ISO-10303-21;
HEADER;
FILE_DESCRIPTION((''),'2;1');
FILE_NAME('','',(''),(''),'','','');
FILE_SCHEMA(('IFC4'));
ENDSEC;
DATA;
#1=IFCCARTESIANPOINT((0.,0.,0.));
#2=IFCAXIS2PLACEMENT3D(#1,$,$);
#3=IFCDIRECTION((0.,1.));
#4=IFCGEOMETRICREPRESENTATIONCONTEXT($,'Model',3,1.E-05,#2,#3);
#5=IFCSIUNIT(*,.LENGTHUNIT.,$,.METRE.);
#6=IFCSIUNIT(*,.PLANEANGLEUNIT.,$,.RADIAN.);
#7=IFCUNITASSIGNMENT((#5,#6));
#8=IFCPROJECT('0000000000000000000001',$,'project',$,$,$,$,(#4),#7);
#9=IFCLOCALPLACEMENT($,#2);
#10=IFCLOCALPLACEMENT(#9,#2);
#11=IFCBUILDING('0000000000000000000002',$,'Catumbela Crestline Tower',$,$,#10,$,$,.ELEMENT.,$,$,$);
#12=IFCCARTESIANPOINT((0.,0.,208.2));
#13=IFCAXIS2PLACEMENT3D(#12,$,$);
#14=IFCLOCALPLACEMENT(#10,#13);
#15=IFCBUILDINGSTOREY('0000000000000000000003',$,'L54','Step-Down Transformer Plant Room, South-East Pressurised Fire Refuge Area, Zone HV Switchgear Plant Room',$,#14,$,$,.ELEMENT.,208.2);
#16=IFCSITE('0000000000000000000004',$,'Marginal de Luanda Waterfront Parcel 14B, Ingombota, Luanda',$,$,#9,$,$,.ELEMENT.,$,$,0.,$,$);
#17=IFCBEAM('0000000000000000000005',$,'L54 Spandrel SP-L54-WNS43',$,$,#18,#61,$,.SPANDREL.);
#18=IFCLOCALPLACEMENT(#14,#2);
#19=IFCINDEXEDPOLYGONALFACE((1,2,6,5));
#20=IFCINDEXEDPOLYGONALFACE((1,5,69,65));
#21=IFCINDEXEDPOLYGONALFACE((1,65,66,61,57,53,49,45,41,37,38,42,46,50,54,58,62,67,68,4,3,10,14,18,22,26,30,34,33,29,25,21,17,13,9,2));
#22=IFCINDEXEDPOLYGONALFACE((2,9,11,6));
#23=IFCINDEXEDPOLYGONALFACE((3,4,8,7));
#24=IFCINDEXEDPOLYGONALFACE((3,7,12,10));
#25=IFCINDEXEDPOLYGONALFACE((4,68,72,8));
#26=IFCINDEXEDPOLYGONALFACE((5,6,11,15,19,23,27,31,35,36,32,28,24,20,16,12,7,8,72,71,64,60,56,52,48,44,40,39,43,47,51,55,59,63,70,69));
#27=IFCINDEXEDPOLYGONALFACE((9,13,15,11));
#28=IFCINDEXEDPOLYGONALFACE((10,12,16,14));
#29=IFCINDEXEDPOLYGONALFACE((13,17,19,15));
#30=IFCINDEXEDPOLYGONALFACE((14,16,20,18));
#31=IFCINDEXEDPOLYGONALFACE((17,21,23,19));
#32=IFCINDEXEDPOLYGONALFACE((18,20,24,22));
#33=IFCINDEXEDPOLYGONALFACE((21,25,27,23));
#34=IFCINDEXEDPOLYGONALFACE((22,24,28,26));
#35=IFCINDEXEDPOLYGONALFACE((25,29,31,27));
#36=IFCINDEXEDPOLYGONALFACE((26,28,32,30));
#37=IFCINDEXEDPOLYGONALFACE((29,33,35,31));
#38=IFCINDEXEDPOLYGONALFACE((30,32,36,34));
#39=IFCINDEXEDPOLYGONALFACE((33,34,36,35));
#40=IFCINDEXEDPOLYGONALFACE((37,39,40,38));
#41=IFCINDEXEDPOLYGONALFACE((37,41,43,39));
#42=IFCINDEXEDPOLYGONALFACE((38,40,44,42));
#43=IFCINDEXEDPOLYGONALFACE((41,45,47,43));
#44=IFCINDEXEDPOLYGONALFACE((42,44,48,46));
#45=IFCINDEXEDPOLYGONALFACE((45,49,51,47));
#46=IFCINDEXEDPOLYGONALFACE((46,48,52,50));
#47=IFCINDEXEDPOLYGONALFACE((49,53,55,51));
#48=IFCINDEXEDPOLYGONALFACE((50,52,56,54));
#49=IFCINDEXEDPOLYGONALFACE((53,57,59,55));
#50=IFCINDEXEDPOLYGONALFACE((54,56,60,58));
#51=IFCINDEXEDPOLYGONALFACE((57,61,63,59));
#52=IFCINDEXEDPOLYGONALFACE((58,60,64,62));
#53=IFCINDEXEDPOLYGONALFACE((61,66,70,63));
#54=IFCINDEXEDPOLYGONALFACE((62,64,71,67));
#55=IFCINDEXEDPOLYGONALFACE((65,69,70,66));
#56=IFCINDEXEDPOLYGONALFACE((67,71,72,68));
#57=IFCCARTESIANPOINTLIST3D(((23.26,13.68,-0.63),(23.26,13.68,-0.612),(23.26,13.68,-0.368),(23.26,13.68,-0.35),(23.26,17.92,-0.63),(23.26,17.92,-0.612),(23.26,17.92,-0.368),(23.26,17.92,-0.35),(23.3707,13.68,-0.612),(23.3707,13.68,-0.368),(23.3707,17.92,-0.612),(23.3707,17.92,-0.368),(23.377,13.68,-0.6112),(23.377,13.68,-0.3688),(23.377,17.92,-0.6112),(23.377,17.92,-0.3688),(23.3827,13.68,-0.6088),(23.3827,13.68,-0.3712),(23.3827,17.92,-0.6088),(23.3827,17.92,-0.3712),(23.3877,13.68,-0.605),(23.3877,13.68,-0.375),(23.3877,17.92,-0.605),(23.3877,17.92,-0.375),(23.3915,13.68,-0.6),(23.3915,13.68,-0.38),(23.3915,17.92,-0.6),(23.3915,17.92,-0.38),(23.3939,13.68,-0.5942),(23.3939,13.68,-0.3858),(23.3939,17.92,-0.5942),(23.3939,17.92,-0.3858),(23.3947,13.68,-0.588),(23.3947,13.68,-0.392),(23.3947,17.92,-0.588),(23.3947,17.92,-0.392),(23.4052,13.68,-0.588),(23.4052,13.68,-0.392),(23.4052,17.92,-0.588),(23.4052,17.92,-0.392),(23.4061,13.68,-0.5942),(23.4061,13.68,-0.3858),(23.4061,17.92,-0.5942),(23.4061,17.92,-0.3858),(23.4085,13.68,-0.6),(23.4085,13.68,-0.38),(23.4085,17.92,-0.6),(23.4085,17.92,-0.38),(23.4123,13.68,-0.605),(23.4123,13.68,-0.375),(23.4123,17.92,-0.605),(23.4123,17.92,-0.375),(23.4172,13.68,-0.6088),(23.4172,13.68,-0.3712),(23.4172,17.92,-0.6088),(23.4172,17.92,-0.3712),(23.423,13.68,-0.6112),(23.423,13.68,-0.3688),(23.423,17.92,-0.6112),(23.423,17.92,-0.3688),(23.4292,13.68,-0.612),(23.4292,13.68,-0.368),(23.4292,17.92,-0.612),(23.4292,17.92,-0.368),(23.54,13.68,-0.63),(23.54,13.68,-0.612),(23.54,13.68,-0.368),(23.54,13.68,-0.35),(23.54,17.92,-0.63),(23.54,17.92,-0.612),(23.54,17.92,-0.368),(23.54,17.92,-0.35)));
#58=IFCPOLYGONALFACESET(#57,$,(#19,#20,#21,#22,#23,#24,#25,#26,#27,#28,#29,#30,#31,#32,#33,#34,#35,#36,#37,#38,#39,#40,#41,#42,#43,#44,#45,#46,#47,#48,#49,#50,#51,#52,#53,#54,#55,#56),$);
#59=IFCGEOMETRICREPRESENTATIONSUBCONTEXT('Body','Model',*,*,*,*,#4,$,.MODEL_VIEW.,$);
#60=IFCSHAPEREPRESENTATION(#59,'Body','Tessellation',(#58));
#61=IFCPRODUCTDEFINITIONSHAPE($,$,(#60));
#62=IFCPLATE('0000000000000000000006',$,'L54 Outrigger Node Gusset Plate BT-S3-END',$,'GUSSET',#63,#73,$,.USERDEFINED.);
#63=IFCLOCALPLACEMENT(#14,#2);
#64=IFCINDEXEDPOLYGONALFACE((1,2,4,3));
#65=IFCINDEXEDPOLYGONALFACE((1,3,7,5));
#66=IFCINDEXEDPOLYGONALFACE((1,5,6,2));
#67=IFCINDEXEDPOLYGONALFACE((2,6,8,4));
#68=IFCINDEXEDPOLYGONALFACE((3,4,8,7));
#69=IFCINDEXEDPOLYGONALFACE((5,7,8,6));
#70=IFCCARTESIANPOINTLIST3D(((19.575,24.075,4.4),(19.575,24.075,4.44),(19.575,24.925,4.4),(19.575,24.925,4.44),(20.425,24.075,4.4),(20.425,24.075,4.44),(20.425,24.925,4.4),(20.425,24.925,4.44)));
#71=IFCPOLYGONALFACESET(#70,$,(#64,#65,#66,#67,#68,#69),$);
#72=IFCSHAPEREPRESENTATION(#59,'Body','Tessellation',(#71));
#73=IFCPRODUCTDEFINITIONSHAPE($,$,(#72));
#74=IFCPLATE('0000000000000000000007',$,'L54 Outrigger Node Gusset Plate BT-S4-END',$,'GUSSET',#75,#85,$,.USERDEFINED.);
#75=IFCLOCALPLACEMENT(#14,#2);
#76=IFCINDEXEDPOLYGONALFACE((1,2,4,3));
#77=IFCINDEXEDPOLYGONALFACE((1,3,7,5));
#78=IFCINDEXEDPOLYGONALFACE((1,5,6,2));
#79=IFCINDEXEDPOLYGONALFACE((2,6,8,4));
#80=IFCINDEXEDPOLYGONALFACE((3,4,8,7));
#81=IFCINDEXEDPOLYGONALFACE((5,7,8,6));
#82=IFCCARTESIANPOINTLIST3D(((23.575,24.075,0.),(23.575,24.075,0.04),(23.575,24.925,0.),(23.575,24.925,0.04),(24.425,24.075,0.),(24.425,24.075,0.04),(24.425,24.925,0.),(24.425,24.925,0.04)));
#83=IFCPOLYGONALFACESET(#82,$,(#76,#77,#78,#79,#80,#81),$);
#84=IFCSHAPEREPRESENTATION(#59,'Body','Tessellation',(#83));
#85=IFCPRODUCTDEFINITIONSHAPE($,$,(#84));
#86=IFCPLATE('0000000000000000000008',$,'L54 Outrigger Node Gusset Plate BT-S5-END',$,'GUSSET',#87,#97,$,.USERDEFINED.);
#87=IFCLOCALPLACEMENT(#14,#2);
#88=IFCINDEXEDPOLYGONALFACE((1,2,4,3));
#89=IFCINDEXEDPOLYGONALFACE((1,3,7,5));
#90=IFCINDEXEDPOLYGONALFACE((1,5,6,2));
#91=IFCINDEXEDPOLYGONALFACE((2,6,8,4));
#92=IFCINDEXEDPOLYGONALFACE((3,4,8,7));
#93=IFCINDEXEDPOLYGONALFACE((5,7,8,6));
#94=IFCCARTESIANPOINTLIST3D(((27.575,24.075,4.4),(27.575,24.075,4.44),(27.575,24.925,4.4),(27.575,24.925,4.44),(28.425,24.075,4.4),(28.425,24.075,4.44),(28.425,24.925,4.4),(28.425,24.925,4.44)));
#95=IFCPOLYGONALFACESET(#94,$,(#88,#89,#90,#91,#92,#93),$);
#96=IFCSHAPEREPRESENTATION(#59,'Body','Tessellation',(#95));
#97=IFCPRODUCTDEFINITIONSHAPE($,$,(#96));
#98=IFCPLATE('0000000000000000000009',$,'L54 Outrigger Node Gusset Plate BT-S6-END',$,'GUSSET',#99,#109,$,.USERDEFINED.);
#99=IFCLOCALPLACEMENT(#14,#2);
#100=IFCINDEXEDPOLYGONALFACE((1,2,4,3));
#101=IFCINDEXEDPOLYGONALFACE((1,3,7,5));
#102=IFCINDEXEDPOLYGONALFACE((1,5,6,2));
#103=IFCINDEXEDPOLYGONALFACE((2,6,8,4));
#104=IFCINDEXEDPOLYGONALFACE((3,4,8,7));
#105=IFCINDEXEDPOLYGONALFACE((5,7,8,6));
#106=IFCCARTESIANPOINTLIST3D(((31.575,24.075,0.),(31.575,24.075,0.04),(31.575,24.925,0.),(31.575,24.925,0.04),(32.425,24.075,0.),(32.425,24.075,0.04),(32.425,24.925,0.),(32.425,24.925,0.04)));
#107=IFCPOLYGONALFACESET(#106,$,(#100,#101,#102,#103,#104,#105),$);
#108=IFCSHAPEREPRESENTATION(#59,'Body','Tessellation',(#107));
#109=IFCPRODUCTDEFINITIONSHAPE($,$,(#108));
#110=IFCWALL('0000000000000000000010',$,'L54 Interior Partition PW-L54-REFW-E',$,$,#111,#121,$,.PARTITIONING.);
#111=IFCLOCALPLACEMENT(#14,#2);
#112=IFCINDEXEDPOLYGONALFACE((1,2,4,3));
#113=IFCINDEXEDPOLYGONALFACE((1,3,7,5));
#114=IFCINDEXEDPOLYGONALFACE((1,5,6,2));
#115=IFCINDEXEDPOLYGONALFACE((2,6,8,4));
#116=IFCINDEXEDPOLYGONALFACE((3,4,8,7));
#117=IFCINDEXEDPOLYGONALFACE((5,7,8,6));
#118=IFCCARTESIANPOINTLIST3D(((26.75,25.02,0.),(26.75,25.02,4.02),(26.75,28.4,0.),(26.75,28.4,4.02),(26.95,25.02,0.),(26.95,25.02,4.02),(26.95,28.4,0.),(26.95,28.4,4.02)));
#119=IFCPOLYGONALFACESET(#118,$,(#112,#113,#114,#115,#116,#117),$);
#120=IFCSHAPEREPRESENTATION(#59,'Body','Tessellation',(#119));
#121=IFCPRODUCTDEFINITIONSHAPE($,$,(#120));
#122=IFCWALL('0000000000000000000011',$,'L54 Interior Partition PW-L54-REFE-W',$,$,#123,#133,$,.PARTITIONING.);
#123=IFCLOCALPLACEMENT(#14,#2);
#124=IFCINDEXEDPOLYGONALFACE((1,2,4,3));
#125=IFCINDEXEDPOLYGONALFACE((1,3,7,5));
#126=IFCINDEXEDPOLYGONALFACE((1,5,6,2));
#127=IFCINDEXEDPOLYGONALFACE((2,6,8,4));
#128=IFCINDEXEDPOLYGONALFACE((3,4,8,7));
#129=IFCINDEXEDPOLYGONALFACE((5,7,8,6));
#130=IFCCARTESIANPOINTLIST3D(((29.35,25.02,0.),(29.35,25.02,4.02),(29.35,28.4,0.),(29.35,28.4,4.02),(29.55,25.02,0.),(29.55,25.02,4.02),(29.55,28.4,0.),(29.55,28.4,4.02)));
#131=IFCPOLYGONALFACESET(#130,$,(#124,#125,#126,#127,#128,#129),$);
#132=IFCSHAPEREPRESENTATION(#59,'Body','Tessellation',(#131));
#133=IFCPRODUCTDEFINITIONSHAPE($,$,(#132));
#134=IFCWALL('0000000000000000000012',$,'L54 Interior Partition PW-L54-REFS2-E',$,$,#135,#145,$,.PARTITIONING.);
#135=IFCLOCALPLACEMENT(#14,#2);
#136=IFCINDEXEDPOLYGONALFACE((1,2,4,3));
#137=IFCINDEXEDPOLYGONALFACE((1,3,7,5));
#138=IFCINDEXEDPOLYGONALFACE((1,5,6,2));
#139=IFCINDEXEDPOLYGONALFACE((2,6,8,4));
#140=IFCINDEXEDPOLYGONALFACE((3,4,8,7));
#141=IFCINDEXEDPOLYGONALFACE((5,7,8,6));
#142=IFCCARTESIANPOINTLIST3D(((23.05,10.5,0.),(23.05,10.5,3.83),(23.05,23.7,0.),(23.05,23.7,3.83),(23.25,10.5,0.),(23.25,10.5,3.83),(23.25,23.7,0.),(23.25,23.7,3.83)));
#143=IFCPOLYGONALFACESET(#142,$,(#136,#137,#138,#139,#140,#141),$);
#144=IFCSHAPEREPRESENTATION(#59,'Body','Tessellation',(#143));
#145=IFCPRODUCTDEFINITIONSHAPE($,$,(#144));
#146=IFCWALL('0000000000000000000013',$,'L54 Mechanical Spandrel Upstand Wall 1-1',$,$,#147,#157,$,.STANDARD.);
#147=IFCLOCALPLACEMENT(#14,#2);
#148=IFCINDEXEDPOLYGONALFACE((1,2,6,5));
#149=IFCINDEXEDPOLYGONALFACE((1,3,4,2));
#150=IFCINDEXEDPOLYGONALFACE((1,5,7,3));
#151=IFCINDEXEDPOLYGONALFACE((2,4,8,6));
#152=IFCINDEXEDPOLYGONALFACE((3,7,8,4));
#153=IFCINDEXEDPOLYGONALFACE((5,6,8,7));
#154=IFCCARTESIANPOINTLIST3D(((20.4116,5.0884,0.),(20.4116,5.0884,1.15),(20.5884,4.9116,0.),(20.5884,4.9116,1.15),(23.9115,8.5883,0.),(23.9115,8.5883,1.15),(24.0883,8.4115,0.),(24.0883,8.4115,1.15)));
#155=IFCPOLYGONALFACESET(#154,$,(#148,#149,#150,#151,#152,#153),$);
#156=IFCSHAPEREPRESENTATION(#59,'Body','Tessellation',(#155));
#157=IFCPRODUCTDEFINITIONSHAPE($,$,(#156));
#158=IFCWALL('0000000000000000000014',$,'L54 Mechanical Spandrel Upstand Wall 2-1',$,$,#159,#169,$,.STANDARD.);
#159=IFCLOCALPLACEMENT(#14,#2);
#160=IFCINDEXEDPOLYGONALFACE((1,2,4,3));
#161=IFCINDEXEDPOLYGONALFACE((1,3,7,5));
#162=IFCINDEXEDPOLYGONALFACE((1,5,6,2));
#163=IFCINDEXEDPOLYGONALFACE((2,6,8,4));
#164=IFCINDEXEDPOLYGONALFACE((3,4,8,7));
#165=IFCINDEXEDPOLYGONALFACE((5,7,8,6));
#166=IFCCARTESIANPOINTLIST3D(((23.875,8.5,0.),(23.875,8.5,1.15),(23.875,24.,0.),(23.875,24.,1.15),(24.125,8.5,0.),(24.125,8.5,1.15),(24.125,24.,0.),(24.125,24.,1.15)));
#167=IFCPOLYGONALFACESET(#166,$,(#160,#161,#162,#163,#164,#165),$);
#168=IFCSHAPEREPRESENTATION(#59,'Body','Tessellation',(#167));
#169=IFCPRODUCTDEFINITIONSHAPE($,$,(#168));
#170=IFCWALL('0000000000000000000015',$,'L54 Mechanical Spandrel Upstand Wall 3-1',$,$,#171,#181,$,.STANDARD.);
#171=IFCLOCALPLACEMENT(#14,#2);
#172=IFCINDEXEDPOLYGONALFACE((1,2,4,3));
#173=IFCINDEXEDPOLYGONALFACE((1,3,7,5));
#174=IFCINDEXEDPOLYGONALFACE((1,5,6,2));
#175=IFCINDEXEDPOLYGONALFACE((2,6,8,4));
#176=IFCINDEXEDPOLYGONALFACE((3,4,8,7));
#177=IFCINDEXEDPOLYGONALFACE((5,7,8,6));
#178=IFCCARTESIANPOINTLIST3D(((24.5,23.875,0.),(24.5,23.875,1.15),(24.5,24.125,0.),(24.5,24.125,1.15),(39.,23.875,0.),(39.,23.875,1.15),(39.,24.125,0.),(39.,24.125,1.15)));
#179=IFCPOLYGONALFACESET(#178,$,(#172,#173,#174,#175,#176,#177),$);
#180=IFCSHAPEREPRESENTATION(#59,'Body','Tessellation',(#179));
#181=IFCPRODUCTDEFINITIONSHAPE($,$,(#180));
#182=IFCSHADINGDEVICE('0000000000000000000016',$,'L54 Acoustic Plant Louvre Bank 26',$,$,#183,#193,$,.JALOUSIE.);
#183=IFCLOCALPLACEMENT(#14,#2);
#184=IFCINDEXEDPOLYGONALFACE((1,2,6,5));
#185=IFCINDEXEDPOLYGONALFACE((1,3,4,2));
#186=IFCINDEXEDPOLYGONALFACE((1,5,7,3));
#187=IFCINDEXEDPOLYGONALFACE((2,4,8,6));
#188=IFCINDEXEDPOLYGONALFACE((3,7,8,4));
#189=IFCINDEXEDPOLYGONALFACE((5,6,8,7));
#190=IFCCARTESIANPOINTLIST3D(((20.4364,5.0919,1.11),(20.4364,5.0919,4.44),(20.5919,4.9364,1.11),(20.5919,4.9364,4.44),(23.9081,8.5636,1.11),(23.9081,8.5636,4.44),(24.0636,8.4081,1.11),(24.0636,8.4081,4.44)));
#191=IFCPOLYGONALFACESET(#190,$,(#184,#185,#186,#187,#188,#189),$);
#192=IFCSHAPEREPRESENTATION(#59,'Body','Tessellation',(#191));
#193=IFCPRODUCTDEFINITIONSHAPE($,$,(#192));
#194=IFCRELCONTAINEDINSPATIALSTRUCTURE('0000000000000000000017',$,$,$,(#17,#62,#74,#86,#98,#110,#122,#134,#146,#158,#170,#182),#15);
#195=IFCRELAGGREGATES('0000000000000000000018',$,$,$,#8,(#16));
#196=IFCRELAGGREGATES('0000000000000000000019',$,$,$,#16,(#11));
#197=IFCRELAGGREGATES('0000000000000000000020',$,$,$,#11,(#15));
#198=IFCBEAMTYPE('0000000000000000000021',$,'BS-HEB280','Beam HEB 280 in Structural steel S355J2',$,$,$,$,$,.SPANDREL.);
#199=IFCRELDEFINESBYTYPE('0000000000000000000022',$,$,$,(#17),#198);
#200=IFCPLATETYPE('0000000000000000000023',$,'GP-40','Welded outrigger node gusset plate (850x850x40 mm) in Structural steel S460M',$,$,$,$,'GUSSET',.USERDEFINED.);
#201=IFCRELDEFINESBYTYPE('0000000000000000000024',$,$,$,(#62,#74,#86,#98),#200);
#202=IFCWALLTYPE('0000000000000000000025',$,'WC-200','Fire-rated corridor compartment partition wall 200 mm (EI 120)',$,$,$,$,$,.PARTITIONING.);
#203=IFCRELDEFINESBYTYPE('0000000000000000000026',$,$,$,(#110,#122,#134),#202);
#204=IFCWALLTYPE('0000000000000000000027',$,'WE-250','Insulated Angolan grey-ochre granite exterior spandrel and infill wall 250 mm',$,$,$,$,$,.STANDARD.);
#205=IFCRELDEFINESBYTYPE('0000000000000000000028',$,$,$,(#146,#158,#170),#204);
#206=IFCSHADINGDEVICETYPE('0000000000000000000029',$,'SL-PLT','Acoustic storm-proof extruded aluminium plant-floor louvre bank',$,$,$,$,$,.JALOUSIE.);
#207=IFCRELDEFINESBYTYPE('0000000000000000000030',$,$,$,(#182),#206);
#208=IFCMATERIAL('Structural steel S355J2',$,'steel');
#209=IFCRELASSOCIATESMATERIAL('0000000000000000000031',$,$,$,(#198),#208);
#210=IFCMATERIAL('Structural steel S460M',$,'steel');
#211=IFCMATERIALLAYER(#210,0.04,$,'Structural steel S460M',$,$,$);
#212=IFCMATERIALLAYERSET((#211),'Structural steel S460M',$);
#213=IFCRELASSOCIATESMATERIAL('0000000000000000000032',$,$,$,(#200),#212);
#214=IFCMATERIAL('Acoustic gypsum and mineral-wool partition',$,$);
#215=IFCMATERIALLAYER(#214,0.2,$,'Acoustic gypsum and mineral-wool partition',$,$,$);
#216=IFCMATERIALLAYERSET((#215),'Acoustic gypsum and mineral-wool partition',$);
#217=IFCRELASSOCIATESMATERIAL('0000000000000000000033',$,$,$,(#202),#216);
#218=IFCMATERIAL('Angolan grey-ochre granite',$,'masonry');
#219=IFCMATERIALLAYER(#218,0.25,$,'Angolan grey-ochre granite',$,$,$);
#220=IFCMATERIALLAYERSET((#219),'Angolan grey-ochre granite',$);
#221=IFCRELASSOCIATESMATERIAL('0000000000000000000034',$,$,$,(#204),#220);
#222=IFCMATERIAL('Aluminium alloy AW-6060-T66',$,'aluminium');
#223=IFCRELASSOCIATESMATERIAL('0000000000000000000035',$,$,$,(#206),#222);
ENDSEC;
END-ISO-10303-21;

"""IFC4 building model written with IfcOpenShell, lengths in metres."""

from ifc_helpers import new_model, si_unit, direction, frame, frame_2d, origin, origin_2d, place, context, subcontext, project, spatial, rectangle, i_section, extrude, material, layer, layer_set, material_profile, profile_set, type_object, element, save


model = new_model("IFC4")

# Units and contexts
model_context = context("Model", 3, precision=1e-05, world=origin(), true_north=direction((0.0, 1.0)))
body_context = subcontext(model_context, "Body", "Model", "MODEL_VIEW")
ifc_project = project(units=[si_unit("LENGTHUNIT", "METRE"), si_unit("PLANEANGLEUNIT", "RADIAN")], contexts=[model_context])

# Site, building, storey
site_placement = place(None, origin())
site = spatial("IfcSite", under=ifc_project, at=site_placement, Name="Marginal de Luanda Waterfront Parcel 14B, Ingombota, Luanda", CompositionType="ELEMENT", RefElevation=0.0)
building_placement = place(site_placement, origin())
building = spatial("IfcBuilding", under=site, at=building_placement, Name="Catumbela Crestline Tower", CompositionType="ELEMENT")
storey_placement = place(building_placement, frame((0.0, 0.0, 208.2)))
storey = spatial("IfcBuildingStorey", under=building, at=storey_placement, Name="L54", Description="Step-Down Transformer Plant Room, South-East Pressurised Fire Refuge Area, Zone HV Switchgear Plant Room", CompositionType="ELEMENT", Elevation=208.2)

# Shared definitions
ifc_material_1 = material(Name="Structural steel S355J2", Category="steel")

# Shared definitions
ifc_material_2 = material(Name="Structural steel S460M", Category="steel")

# Beam
ifc_material_profile_1 = material_profile(ifc_material_1, i_section(OverallWidth=0.28, OverallDepth=0.28, WebThickness=0.0105, FlangeThickness=0.018, FilletRadius=0.024, at=origin_2d()), Name="HEB 280")
ifc_profile_set_1 = profile_set([ifc_material_profile_1], Name="Structural steel S355J2")
beam_type_1 = type_object("IfcBeamType", Name="BS-HEB280", Description="Beam HEB 280 in Structural steel S355J2", PredefinedType="SPANDREL", material=ifc_profile_set_1)
beam_1_placement = place(storey_placement, frame((23.4, 13.68, -0.49), z_axis=(0.0, 1.0, 0.0), x_axis=(-1.0, 0.0, 0.0)))
element("IfcBeam", 1, at=beam_1_placement, inside=storey, type_object=beam_type_1, Name="L54 Spandrel SP-L54-WNS43", PredefinedType="SPANDREL", context=body_context, shape_type="SweptSolid", body=[
    extrude(i_section(OverallWidth=0.28, OverallDepth=0.28, WebThickness=0.0105, FlangeThickness=0.018, FilletRadius=0.024, at=origin_2d()), origin(), (0.0, 0.0, 1.0), 4.24),
])

# Plates
ifc_layer_1 = layer(ifc_material_2, 0.04, Name="Structural steel S460M")
ifc_layer_set_1 = layer_set([ifc_layer_1], Name="Structural steel S460M")
plate_type = type_object("IfcPlateType", Name="GP-40", Description="Welded outrigger node gusset plate (850x850x40 mm) in Structural steel S460M", ElementType="GUSSET", PredefinedType="USERDEFINED", material=ifc_layer_set_1)
for number, where, z_axis, x_axis, name in (
    (2, (20.0, 24.5, 4.4), (0.0, 0.0, 1.0), (1.0, 0.0, 0.0), "L54 Outrigger Node Gusset Plate BT-S3-END"),
    (3, (24.0, 24.5, 0.0), (0.0, 0.0, 1.0), (1.0, 0.0, 0.0), "L54 Outrigger Node Gusset Plate BT-S4-END"),
    (4, (28.0, 24.5, 4.4), (0.0, 0.0, 1.0), (1.0, 0.0, 0.0), "L54 Outrigger Node Gusset Plate BT-S5-END"),
    (5, (32.0, 24.5, 0.0), (0.0, 0.0, 1.0), (1.0, 0.0, 0.0), "L54 Outrigger Node Gusset Plate BT-S6-END"),
):
    element("IfcPlate", number, at=place(storey_placement, frame(where, z_axis=z_axis, x_axis=x_axis)), inside=storey, type_object=plate_type, Name=name, ObjectType="GUSSET", PredefinedType="USERDEFINED", context=body_context, shape_type="SweptSolid", body=[
        extrude(rectangle(XDim=0.85, YDim=0.85, at=origin_2d()), origin(), (0.0, 0.0, 1.0), 0.04),
    ])

# Walls
ifc_material_3 = material(Name="Acoustic gypsum and mineral-wool partition")
ifc_layer_2 = layer(ifc_material_3, 0.2, Name="Acoustic gypsum and mineral-wool partition")
ifc_layer_set_2 = layer_set([ifc_layer_2], Name="Acoustic gypsum and mineral-wool partition")
wall_type_1 = type_object("IfcWallType", Name="WC-200", Description="Fire-rated corridor compartment partition wall 200 mm (EI 120)", PredefinedType="PARTITIONING", material=ifc_layer_set_2)
for number, where, z_axis, x_axis, name in (
    (6, (26.85, 25.02, 0.0), (0.0, 0.0, 1.0), (0.0, 1.0, 0.0), "L54 Interior Partition PW-L54-REFW-E"),
    (7, (29.45, 25.02, 0.0), (0.0, 0.0, 1.0), (0.0, 1.0, 0.0), "L54 Interior Partition PW-L54-REFE-W"),
):
    element("IfcWall", number, at=place(storey_placement, frame(where, z_axis=z_axis, x_axis=x_axis)), inside=storey, type_object=wall_type_1, Name=name, PredefinedType="PARTITIONING", context=body_context, shape_type="SweptSolid", body=[
        extrude(rectangle(XDim=3.38, YDim=0.2, at=frame_2d((1.69, 0.0))), origin(), (0.0, 0.0, 1.0), 4.02),
    ])
wall_1_placement = place(storey_placement, frame((23.15, 10.5, 0.0), z_axis=(0.0, 0.0, 1.0), x_axis=(0.0, 1.0, 0.0)))
element("IfcWall", 8, at=wall_1_placement, inside=storey, type_object=wall_type_1, Name="L54 Interior Partition PW-L54-REFS2-E", PredefinedType="PARTITIONING", context=body_context, shape_type="SweptSolid", body=[
    extrude(rectangle(XDim=13.2, YDim=0.2, at=frame_2d((6.6, 0.0))), origin(), (0.0, 0.0, 1.0), 3.83),
])
ifc_material_4 = material(Name="Angolan grey-ochre granite", Category="masonry")
ifc_layer_3 = layer(ifc_material_4, 0.25, Name="Angolan grey-ochre granite")
ifc_layer_set_3 = layer_set([ifc_layer_3], Name="Angolan grey-ochre granite")
wall_type_2 = type_object("IfcWallType", Name="WE-250", Description="Insulated Angolan grey-ochre granite exterior spandrel and infill wall 250 mm", PredefinedType="STANDARD", material=ifc_layer_set_3)
wall_2_placement = place(storey_placement, frame((20.5, 5.0, 0.0), z_axis=(0.0, 0.0, 1.0), x_axis=(0.707107, 0.707107, 0.0)))
element("IfcWall", 9, at=wall_2_placement, inside=storey, type_object=wall_type_2, Name="L54 Mechanical Spandrel Upstand Wall 1-1", PredefinedType="STANDARD", context=body_context, shape_type="SweptSolid", body=[
    extrude(rectangle(XDim=4.9497, YDim=0.25, at=frame_2d((2.4748, 0.0))), origin(), (0.0, 0.0, 1.0), 1.15),
])
wall_3_placement = place(storey_placement, frame((24.0, 8.5, 0.0), z_axis=(0.0, 0.0, 1.0), x_axis=(0.0, 1.0, 0.0)))
element("IfcWall", 10, at=wall_3_placement, inside=storey, type_object=wall_type_2, Name="L54 Mechanical Spandrel Upstand Wall 2-1", PredefinedType="STANDARD", context=body_context, shape_type="SweptSolid", body=[
    extrude(rectangle(XDim=15.5, YDim=0.25, at=frame_2d((7.75, 0.0))), origin(), (0.0, 0.0, 1.0), 1.15),
])
wall_4_placement = place(storey_placement, frame((24.5, 24.0, 0.0), z_axis=(0.0, 0.0, 1.0), x_axis=(1.0, 0.0, 0.0)))
element("IfcWall", 11, at=wall_4_placement, inside=storey, type_object=wall_type_2, Name="L54 Mechanical Spandrel Upstand Wall 3-1", PredefinedType="STANDARD", context=body_context, shape_type="SweptSolid", body=[
    extrude(rectangle(XDim=14.5, YDim=0.25, at=frame_2d((7.25, 0.0))), origin(), (0.0, 0.0, 1.0), 1.15),
])

# Shading device
ifc_material_5 = material(Name="Aluminium alloy AW-6060-T66", Category="aluminium")
shading_device_type = type_object("IfcShadingDeviceType", Name="SL-PLT", Description="Acoustic storm-proof extruded aluminium plant-floor louvre bank", PredefinedType="JALOUSIE", material=ifc_material_5)
shading_device_1_placement = place(storey_placement, frame((22.25, 6.75, 1.11), z_axis=(0.0, 0.0, 1.0), x_axis=(0.707107, 0.707107, 0.0)))
element("IfcShadingDevice", 12, at=shading_device_1_placement, inside=storey, type_object=shading_device_type, Name="L54 Acoustic Plant Louvre Bank 26", PredefinedType="JALOUSIE", context=body_context, shape_type="SweptSolid", body=[
    extrude(rectangle(XDim=4.9097, YDim=0.22, at=origin_2d()), origin(), (0.0, 0.0, 1.0), 3.33),
])

save(model, "model.ifc")
